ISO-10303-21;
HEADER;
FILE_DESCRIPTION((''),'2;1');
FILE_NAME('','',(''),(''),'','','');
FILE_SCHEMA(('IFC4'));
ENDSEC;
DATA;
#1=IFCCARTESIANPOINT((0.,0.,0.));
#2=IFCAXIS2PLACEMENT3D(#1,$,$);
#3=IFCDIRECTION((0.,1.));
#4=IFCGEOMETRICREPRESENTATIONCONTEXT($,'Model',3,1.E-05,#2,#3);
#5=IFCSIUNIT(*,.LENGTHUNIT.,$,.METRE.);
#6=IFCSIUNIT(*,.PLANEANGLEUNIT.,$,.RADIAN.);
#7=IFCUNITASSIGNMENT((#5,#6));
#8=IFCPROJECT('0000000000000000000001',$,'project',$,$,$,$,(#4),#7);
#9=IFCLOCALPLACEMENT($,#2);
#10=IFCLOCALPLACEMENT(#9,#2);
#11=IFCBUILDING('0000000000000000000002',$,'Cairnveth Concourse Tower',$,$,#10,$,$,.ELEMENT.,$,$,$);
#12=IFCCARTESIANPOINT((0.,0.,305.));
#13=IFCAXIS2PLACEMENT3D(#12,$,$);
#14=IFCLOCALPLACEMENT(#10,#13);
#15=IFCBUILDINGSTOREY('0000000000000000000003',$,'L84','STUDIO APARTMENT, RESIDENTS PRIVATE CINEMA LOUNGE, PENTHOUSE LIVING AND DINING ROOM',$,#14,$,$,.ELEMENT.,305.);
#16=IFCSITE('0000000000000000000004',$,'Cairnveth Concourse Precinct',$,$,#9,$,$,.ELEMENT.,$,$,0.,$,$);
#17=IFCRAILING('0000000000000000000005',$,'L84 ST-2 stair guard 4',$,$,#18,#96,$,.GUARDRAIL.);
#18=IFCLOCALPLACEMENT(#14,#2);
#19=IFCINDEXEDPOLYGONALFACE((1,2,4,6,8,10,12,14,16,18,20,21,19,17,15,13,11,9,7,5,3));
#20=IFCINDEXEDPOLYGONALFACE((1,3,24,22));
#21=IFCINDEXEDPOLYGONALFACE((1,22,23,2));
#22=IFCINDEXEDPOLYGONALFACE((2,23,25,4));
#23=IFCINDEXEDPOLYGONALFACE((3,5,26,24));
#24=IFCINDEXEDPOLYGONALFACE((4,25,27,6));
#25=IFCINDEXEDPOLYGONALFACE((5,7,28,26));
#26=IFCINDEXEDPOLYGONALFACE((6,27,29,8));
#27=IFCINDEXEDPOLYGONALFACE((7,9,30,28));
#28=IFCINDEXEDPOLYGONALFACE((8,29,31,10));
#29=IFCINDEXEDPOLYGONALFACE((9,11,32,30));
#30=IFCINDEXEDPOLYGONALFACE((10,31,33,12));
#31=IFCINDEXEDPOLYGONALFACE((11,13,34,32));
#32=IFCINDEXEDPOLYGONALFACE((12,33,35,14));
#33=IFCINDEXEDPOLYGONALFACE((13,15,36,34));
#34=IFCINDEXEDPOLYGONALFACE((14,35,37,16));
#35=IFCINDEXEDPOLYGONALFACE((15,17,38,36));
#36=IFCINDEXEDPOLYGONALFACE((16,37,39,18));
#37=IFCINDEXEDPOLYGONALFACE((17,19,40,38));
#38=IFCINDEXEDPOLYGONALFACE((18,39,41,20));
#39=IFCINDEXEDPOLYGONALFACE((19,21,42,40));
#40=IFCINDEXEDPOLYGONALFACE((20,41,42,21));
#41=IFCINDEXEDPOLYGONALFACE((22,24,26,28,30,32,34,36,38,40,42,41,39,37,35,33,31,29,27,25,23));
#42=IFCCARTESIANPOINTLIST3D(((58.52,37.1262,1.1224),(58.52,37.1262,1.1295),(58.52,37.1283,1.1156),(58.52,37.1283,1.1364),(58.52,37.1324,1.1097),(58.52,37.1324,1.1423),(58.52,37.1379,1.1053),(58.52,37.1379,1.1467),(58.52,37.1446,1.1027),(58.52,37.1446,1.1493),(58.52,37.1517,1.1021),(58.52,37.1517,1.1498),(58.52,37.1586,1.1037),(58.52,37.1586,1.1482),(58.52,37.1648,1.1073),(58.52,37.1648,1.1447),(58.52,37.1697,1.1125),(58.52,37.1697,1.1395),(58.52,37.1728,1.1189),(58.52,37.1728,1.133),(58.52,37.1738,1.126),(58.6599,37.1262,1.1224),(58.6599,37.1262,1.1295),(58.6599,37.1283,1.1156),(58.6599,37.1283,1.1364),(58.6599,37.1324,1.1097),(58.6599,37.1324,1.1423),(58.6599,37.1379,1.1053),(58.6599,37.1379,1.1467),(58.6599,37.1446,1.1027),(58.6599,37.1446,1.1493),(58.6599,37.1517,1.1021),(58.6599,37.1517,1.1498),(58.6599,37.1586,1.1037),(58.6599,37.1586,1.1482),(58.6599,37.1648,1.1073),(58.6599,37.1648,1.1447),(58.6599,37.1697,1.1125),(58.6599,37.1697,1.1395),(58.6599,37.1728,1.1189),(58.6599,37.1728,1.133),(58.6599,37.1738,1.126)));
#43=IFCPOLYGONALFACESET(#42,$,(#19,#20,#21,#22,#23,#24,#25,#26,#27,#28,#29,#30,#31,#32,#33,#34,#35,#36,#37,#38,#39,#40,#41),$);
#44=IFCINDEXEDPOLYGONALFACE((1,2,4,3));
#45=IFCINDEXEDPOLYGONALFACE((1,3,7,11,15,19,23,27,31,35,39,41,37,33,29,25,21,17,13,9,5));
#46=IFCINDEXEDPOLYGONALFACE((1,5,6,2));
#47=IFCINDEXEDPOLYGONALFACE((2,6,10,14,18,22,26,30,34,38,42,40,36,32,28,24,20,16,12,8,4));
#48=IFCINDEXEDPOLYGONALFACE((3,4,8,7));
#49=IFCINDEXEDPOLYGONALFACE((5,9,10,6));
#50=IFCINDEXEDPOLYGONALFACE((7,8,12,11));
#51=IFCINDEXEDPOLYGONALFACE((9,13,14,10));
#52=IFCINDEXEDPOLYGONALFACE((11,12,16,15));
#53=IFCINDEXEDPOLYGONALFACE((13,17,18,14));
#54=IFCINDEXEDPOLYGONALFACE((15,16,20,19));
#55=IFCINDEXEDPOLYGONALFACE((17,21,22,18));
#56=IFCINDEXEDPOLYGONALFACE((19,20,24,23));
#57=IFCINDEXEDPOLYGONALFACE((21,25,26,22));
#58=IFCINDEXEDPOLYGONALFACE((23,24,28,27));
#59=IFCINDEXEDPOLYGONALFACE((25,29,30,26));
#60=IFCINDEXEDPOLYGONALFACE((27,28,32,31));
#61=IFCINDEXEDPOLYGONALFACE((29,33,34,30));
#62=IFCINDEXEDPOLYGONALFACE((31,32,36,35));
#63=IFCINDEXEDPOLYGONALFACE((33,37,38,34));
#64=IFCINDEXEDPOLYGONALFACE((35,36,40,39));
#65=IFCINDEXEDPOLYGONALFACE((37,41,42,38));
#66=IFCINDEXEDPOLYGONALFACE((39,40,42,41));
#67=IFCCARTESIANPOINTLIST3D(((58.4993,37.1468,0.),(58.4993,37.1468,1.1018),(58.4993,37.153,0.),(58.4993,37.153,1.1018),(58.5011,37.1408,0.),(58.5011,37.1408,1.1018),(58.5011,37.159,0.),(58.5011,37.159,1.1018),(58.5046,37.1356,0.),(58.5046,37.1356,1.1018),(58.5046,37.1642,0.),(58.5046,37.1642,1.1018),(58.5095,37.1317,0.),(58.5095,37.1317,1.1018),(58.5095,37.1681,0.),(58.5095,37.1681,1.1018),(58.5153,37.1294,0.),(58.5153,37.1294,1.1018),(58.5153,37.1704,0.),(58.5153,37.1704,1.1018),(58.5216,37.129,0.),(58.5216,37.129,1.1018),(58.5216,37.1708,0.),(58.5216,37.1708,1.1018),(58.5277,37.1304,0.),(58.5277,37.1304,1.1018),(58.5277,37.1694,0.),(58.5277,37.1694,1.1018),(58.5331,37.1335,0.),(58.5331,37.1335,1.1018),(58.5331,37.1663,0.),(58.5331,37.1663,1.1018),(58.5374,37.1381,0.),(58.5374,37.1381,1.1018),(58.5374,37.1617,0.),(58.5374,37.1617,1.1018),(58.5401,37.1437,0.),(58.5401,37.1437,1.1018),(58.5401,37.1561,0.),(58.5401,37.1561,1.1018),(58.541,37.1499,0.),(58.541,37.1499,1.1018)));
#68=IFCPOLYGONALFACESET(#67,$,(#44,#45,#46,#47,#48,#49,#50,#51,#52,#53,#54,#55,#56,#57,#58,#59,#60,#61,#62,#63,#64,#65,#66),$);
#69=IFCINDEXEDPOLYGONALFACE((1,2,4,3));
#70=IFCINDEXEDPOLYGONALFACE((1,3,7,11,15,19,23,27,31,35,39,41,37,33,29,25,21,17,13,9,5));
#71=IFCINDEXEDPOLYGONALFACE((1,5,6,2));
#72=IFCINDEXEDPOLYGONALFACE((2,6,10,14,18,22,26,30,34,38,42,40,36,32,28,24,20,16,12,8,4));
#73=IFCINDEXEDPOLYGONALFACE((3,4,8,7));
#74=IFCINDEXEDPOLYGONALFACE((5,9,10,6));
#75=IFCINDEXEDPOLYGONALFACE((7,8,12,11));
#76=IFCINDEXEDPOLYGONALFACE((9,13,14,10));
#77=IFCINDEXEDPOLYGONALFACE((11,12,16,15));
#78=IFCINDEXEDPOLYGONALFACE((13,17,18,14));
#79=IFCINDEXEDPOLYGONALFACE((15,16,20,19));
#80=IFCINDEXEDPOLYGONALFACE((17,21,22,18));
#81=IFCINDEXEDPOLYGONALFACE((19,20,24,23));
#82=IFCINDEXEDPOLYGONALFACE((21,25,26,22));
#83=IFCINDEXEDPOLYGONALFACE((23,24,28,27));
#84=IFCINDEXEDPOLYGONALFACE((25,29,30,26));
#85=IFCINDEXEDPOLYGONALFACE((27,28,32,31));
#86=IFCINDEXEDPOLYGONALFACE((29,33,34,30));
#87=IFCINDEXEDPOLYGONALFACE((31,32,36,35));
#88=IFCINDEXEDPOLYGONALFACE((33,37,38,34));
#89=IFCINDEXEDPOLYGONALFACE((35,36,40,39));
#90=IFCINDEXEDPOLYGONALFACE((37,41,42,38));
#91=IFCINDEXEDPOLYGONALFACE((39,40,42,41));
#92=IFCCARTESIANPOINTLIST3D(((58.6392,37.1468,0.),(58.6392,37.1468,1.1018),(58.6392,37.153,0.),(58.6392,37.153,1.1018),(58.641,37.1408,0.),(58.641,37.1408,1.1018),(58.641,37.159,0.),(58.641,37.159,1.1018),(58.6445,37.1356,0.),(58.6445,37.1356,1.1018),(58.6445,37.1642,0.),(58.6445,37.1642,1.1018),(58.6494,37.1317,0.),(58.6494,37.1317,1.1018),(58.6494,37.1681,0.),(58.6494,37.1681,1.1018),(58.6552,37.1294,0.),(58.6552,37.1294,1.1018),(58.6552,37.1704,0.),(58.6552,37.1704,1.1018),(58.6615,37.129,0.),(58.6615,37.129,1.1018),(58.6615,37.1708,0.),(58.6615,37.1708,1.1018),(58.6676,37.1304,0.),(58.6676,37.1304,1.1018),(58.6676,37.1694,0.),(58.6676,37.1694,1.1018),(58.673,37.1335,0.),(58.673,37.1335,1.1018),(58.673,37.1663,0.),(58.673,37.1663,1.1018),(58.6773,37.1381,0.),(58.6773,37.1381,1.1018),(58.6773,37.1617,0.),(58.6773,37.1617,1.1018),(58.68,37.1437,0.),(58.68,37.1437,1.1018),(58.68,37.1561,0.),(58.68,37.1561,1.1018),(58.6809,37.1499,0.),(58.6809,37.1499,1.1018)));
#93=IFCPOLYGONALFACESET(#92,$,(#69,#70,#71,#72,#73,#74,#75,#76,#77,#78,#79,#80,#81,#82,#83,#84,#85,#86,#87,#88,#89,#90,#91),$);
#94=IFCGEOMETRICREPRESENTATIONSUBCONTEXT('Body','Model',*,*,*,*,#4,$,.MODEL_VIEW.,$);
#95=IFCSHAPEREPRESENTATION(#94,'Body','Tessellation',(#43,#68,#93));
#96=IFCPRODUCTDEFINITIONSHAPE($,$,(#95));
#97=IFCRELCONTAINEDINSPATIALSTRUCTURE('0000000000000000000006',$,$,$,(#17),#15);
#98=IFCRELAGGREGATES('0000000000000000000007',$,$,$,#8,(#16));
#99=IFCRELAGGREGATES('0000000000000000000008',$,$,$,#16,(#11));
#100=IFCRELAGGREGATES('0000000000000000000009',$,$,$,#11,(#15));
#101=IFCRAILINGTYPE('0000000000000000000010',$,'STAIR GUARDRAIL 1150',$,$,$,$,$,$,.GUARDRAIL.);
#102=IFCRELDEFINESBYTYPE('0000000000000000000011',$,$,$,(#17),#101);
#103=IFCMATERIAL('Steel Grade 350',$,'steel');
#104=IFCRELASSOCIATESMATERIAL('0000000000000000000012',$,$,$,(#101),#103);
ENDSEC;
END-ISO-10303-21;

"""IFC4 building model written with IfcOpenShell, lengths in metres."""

from ifc_helpers import new_model, si_unit, direction, frame, origin, origin_2d, place, context, subcontext, project, spatial, circle, extrude, material, type_object, element, save


model = new_model("IFC4")

# Units and contexts
model_context = context("Model", 3, precision=1e-05, world=origin(), true_north=direction((0.0, 1.0)))
body_context = subcontext(model_context, "Body", "Model", "MODEL_VIEW")
ifc_project = project(units=[si_unit("LENGTHUNIT", "METRE"), si_unit("PLANEANGLEUNIT", "RADIAN")], contexts=[model_context])

# Site, building, storey
site_placement = place(None, origin())
site = spatial("IfcSite", under=ifc_project, at=site_placement, Name="Cairnveth Concourse Precinct", CompositionType="ELEMENT", RefElevation=0.0)
building_placement = place(site_placement, origin())
building = spatial("IfcBuilding", under=site, at=building_placement, Name="Cairnveth Concourse Tower", CompositionType="ELEMENT")
storey_placement = place(building_placement, frame((0.0, 0.0, 305.0)))
storey = spatial("IfcBuildingStorey", under=building, at=storey_placement, Name="L84", Description="STUDIO APARTMENT, RESIDENTS PRIVATE CINEMA LOUNGE, PENTHOUSE LIVING AND DINING ROOM", CompositionType="ELEMENT", Elevation=305.0)

# Shared definitions
ifc_material_1 = material(Name="Steel Grade 350", Category="steel")

# Railing
railing_type_1 = type_object("IfcRailingType", Name="STAIR GUARDRAIL 1150", PredefinedType="GUARDRAIL", material=ifc_material_1)
railing_1_placement = place(storey_placement, frame((58.52, 37.1499, 0.0)))
element("IfcRailing", 1, at=railing_1_placement, inside=storey, type_object=railing_type_1, Name="L84 ST-2 stair guard 4", PredefinedType="GUARDRAIL", context=body_context, shape_type="SweptSolid", body=[
    extrude(circle(Radius=0.0239, at=origin_2d()), frame((0.0, 0.0, 1.126), z_axis=(1.0, 0.0, 0.0), x_axis=(0.0, 1.0, 0.0)), (0.0, 0.0, 1.0), 0.1399),
    extrude(circle(Radius=0.021, at=origin_2d()), origin(), (0.0, 0.0, 1.0), 1.1018),
    extrude(circle(Radius=0.021, at=origin_2d()), frame((0.1399, 0.0, 0.0)), (0.0, 0.0, 1.0), 1.1018),
])

save(model, "model.ifc")
